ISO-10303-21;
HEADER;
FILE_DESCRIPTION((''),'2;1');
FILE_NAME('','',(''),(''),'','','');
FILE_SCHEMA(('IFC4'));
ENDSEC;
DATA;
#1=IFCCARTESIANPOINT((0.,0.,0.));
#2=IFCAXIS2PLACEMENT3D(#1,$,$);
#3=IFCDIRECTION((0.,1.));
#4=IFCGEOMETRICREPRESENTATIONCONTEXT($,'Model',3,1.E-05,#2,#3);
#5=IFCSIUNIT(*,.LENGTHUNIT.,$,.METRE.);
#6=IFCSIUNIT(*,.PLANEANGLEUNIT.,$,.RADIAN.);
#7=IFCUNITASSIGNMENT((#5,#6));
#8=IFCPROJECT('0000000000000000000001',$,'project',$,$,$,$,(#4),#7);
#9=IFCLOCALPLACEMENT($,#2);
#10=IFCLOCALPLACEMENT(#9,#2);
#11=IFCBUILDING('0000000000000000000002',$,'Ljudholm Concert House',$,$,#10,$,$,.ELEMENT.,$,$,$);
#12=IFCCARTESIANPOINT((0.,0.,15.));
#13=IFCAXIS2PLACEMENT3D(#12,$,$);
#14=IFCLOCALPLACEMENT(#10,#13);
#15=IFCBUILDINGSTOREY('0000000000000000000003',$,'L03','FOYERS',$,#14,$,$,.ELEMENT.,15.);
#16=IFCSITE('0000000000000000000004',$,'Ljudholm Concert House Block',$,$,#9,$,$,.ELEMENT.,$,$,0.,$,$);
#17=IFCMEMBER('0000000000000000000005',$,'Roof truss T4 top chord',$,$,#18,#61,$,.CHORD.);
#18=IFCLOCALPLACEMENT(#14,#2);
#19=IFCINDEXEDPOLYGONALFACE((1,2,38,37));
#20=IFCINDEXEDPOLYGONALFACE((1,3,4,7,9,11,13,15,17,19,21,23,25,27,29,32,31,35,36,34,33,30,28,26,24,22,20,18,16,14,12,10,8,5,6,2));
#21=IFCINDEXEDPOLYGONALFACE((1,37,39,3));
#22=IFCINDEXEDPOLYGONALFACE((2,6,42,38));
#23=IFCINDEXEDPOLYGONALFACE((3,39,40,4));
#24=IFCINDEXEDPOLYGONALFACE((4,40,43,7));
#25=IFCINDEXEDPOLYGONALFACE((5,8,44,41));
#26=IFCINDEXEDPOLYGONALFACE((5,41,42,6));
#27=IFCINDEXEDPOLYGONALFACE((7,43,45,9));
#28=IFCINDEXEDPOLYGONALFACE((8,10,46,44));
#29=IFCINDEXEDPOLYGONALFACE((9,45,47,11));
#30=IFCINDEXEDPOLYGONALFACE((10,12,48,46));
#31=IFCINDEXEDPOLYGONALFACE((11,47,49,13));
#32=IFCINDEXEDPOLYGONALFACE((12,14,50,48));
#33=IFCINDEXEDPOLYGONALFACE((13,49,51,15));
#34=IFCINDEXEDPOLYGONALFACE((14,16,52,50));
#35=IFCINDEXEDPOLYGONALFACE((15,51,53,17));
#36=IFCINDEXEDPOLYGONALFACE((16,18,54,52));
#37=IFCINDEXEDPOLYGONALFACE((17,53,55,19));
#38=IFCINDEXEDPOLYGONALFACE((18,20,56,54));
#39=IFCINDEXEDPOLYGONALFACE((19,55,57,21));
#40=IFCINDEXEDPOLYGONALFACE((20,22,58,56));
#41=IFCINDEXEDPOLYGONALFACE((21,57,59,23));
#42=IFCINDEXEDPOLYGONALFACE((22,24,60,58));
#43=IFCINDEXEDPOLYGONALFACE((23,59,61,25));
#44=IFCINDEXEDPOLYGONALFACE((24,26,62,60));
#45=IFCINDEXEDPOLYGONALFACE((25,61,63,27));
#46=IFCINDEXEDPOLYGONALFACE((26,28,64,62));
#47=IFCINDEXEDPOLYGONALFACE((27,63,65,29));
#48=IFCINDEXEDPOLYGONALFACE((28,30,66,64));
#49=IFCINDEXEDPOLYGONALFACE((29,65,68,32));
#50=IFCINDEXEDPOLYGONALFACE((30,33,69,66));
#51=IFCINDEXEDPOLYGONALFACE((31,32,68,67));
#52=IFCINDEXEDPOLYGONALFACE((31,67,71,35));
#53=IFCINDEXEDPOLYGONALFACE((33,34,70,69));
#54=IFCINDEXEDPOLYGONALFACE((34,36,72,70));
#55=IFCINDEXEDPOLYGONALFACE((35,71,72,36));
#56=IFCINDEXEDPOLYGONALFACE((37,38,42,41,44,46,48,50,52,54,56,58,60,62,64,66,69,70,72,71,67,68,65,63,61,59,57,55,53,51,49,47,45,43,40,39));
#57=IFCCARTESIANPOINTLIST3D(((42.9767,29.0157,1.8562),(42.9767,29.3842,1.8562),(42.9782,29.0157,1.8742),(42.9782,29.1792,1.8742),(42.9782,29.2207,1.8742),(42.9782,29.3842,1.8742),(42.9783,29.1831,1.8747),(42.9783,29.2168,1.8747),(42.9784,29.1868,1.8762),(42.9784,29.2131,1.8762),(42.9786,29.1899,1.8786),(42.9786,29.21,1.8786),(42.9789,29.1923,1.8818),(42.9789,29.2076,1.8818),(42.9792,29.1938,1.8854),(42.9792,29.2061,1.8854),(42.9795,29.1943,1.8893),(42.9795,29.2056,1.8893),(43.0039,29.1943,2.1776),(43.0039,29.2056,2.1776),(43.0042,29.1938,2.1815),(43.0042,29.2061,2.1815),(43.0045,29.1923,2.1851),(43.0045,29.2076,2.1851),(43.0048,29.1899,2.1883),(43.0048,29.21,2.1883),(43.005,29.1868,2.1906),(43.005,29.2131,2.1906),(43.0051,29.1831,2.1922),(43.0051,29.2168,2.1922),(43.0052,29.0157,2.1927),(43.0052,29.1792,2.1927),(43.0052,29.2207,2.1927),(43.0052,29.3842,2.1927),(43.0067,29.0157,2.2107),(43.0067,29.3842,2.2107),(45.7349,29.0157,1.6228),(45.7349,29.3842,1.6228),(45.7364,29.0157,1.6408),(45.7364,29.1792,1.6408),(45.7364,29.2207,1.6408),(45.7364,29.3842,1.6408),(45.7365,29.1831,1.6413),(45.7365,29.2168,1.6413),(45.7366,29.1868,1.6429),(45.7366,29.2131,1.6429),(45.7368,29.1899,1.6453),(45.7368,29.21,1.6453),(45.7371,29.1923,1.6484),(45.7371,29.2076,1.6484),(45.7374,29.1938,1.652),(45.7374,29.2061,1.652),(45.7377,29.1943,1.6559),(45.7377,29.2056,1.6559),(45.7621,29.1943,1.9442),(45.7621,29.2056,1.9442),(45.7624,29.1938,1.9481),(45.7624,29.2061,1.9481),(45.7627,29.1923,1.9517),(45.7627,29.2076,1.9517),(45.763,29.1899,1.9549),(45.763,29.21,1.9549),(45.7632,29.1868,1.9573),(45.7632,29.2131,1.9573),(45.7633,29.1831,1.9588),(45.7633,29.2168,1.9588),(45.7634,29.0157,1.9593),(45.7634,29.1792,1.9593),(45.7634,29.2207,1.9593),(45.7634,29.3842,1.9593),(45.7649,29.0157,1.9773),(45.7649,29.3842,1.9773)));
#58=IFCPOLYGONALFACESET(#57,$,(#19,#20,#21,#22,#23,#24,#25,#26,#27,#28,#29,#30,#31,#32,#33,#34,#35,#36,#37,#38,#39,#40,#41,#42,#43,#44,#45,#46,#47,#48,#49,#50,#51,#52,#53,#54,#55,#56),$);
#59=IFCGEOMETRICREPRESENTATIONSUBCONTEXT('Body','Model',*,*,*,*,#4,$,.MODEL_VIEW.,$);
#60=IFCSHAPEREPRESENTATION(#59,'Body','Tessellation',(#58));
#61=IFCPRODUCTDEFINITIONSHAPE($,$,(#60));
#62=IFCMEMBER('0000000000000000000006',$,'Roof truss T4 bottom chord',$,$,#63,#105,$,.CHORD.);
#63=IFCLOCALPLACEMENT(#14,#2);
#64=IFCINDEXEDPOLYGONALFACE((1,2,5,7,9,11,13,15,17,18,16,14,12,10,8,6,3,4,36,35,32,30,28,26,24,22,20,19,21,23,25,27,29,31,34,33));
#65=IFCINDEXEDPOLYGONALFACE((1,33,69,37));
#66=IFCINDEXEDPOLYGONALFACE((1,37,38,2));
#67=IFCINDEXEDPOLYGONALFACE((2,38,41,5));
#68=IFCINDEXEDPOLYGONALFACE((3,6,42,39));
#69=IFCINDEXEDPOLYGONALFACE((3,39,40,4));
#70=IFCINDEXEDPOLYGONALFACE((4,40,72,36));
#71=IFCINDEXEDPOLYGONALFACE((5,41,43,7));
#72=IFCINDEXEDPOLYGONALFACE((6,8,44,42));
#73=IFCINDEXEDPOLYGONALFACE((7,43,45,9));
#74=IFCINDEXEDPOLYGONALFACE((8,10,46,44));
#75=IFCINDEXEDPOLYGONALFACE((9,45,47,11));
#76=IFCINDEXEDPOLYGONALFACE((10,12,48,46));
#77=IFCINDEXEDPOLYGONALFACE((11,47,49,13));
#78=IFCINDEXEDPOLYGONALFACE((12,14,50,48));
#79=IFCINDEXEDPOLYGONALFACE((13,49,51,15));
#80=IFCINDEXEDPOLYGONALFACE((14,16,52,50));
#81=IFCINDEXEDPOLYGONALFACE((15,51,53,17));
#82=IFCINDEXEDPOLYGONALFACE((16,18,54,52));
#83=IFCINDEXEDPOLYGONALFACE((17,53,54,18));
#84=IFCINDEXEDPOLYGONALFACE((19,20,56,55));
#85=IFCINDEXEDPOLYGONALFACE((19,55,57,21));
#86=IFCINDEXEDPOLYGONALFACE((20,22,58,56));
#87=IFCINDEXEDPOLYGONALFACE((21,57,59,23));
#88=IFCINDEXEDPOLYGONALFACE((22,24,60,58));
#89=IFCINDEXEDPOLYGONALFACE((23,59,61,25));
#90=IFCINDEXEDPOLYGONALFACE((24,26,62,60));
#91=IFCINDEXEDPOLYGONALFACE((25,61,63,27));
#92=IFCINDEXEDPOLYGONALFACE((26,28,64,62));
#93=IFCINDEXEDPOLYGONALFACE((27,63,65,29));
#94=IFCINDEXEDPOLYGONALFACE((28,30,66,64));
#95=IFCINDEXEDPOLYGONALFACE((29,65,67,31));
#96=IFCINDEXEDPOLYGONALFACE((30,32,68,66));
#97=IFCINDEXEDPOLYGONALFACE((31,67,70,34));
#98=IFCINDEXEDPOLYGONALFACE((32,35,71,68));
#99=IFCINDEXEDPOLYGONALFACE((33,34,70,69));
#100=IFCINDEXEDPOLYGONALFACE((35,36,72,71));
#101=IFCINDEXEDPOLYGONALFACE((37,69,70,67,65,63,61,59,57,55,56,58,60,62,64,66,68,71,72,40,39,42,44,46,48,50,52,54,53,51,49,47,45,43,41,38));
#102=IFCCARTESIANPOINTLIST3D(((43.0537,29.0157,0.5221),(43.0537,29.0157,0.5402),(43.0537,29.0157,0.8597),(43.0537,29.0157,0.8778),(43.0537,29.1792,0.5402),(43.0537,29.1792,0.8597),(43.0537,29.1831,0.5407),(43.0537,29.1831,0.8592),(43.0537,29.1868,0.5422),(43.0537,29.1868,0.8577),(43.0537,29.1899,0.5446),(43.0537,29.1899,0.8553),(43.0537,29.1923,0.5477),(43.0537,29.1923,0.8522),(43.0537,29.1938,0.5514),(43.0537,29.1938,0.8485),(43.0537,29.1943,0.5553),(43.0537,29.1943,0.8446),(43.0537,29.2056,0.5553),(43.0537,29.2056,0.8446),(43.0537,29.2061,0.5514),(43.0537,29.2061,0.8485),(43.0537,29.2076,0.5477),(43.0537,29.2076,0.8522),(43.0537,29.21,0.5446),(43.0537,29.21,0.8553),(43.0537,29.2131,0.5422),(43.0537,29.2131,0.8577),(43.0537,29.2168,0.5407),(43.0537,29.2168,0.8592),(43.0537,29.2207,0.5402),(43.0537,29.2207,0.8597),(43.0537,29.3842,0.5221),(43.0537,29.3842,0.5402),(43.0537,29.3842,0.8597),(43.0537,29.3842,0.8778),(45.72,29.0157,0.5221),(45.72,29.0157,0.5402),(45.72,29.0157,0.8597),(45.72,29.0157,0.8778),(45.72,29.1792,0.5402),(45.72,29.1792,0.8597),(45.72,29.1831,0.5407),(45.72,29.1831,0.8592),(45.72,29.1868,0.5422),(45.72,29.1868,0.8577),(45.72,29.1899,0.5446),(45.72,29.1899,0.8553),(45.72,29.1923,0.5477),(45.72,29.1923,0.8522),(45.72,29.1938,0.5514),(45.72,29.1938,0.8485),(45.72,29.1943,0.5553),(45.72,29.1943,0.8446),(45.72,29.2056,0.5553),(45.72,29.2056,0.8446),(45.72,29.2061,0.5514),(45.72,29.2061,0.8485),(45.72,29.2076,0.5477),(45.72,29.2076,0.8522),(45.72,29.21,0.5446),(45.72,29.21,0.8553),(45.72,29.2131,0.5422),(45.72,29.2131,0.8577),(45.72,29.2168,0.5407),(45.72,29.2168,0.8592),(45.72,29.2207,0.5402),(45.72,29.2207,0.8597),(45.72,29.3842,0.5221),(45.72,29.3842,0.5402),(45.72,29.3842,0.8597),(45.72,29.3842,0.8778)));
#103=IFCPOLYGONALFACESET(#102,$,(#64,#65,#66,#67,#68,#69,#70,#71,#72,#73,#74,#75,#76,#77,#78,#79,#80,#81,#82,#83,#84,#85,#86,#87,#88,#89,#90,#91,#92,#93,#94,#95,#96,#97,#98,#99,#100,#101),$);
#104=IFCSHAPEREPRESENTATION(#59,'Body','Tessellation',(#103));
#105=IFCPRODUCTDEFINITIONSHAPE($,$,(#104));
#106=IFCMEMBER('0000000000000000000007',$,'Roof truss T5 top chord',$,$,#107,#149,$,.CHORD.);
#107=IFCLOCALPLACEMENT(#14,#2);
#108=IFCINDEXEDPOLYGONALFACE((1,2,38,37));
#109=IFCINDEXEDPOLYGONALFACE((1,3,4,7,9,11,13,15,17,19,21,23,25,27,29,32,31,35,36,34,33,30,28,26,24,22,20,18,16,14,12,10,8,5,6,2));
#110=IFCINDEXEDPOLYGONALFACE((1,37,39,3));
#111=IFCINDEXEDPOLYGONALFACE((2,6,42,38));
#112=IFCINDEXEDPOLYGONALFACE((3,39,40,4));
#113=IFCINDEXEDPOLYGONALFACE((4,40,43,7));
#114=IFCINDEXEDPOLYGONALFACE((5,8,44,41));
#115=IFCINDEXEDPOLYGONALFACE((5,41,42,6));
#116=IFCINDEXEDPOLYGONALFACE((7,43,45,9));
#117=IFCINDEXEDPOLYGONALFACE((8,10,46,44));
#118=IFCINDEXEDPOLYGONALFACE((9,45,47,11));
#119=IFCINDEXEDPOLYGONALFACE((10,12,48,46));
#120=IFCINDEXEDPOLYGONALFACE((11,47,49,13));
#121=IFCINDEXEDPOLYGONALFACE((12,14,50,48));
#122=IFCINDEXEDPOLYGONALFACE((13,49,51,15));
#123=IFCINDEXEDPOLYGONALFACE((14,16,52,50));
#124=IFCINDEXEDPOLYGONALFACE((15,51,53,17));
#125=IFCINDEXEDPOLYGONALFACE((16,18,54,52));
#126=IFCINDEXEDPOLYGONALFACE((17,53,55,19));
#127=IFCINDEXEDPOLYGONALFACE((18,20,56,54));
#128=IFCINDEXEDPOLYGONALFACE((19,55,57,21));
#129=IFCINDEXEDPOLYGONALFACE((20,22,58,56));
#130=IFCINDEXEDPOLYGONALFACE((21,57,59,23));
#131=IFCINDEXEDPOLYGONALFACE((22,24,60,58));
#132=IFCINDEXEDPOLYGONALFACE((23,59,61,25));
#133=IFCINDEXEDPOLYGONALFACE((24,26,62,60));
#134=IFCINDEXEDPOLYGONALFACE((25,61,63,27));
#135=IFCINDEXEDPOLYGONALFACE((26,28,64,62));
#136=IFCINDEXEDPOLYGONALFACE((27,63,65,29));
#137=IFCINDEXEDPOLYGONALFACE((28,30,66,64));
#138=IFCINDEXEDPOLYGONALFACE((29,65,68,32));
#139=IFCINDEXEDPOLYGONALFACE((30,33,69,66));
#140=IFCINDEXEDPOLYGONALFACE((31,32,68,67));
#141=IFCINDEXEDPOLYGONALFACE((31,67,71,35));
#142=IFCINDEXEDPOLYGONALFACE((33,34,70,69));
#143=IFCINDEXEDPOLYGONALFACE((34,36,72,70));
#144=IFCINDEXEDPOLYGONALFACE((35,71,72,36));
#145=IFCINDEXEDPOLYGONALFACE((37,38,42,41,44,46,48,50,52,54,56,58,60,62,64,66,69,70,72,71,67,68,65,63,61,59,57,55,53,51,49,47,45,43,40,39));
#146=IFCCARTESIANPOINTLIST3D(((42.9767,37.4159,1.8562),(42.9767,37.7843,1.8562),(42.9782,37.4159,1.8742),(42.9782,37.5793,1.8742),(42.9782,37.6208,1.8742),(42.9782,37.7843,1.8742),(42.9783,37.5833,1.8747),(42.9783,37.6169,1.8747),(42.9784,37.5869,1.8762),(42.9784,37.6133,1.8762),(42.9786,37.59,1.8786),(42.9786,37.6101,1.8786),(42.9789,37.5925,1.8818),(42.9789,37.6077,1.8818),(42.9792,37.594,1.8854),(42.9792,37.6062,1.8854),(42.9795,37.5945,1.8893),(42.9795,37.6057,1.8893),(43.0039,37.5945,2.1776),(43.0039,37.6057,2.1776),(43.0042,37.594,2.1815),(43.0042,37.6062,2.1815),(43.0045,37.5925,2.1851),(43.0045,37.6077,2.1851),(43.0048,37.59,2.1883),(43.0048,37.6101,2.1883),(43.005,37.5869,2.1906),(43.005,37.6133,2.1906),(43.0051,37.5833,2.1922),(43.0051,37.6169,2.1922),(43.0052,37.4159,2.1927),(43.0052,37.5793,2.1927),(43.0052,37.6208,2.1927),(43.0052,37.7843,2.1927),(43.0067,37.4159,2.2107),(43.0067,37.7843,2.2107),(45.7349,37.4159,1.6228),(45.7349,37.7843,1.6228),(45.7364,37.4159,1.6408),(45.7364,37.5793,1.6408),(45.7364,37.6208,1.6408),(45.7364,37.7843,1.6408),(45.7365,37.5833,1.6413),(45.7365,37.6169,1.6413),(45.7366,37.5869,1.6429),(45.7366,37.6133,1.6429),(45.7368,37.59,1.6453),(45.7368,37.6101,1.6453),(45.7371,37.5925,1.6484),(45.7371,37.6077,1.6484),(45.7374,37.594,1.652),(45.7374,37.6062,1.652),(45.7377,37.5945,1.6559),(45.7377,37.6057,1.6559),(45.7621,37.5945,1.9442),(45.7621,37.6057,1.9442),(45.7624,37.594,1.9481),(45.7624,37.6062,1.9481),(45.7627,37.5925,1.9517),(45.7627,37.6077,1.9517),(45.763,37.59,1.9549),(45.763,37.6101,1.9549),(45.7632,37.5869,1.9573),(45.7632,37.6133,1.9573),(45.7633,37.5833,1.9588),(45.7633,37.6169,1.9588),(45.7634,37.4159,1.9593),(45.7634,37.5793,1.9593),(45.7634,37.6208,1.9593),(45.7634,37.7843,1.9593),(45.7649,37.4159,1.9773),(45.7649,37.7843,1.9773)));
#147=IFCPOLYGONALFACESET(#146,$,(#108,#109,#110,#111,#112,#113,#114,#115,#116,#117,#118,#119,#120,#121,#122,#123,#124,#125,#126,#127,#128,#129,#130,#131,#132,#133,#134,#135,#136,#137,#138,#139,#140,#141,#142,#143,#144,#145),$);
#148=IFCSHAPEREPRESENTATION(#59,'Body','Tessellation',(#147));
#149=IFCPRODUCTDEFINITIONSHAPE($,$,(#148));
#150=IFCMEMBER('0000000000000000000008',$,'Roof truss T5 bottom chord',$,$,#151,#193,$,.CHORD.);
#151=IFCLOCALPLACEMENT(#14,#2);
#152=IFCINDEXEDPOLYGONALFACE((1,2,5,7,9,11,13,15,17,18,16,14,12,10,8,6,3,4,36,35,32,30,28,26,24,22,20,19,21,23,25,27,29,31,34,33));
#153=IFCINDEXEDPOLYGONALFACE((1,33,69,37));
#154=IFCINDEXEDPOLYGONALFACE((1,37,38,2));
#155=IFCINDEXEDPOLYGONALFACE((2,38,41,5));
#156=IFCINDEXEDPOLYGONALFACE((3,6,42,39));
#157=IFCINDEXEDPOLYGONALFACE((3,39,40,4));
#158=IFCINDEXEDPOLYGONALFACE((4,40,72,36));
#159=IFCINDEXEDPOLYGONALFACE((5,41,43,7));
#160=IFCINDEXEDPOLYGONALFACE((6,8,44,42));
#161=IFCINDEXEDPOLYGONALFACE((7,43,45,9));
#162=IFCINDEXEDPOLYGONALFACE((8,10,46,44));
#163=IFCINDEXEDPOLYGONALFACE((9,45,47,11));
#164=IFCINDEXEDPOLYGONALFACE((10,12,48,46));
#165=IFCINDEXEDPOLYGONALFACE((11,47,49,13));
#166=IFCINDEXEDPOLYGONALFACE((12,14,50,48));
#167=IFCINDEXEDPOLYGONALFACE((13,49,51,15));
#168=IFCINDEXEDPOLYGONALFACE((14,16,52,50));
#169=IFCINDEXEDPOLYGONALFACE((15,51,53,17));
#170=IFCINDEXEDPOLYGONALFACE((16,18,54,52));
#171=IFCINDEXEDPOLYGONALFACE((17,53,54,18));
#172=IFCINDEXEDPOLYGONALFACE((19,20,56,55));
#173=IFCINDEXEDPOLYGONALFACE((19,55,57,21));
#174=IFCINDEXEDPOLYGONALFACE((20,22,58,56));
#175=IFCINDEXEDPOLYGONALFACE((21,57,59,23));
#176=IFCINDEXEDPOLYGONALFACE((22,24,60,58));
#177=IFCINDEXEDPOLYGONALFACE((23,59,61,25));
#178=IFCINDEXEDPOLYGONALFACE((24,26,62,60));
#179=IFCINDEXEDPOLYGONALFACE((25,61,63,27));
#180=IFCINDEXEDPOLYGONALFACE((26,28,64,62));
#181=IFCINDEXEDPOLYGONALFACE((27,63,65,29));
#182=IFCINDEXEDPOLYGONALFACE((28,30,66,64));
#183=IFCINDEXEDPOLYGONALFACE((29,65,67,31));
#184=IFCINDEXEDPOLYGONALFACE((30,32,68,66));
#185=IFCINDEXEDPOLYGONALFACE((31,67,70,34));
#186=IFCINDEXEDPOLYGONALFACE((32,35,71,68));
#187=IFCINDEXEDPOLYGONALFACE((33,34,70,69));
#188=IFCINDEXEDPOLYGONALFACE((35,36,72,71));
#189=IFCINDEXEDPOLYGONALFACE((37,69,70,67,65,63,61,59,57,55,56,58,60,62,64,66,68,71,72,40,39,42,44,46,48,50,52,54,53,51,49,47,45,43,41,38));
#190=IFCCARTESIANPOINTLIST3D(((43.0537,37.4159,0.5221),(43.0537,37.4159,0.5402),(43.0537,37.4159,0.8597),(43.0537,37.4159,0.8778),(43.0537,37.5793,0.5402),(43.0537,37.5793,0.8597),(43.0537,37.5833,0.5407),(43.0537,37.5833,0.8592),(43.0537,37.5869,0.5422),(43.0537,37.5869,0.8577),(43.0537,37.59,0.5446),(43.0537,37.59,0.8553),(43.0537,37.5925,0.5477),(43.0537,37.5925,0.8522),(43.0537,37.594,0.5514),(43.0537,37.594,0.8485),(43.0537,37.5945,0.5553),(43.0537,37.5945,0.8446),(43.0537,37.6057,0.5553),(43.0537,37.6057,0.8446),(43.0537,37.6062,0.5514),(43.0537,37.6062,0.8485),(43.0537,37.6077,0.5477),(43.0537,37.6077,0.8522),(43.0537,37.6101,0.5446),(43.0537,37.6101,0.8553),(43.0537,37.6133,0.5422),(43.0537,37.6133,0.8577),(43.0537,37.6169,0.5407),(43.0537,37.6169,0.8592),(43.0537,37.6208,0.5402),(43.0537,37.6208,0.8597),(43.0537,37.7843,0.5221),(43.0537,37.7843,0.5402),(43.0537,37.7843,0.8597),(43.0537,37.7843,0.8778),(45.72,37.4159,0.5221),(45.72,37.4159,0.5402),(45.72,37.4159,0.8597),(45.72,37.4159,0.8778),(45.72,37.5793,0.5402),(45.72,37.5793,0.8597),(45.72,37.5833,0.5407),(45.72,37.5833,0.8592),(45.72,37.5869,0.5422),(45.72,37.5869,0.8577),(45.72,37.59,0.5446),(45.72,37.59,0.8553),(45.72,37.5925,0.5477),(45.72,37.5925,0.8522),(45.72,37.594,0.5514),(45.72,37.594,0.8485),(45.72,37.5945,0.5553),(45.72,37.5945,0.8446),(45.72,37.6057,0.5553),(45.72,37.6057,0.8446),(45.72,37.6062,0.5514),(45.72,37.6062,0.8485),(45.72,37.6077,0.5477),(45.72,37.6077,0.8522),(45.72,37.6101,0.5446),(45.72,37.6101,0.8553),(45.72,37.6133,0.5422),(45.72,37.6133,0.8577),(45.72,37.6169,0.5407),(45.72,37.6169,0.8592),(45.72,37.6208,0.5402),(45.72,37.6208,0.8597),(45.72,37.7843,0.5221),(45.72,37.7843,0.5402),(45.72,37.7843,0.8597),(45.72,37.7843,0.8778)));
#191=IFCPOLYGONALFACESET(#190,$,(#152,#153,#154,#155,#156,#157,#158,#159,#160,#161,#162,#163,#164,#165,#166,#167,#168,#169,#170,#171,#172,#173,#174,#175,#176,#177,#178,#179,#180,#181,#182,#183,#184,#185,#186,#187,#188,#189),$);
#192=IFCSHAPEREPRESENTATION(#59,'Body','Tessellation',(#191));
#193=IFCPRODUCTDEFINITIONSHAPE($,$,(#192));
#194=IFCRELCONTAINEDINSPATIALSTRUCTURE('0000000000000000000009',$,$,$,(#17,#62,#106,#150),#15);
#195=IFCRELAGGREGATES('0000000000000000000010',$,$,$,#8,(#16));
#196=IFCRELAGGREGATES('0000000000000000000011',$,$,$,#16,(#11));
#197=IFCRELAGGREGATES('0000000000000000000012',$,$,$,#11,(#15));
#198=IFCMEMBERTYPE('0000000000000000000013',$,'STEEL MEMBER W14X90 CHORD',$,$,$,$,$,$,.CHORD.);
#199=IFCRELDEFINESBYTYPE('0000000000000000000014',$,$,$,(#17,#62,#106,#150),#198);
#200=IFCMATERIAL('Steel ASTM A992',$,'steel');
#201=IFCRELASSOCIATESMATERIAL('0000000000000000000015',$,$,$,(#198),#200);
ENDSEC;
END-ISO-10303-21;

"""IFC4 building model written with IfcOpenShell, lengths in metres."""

from ifc_helpers import new_model, si_unit, direction, frame, origin, origin_2d, place, context, subcontext, project, spatial, i_section, extrude, material, material_profile, profile_set, type_object, element, save


model = new_model("IFC4")

# Units and contexts
model_context = context("Model", 3, precision=1e-05, world=origin(), true_north=direction((0.0, 1.0)))
body_context = subcontext(model_context, "Body", "Model", "MODEL_VIEW")
ifc_project = project(units=[si_unit("LENGTHUNIT", "METRE"), si_unit("PLANEANGLEUNIT", "RADIAN")], contexts=[model_context])

# Site, building, storey
site_placement = place(None, origin())
site = spatial("IfcSite", under=ifc_project, at=site_placement, Name="Ljudholm Concert House Block", CompositionType="ELEMENT", RefElevation=0.0)
building_placement = place(site_placement, origin())
building = spatial("IfcBuilding", under=site, at=building_placement, Name="Ljudholm Concert House", CompositionType="ELEMENT")
storey_placement = place(building_placement, frame((0.0, 0.0, 15.0)))
storey = spatial("IfcBuildingStorey", under=building, at=storey_placement, Name="L03", Description="FOYERS", CompositionType="ELEMENT", Elevation=15.0)

# Members
ifc_material_1 = material(Name="Steel ASTM A992", Category="steel")
ifc_material_profile_1 = material_profile(ifc_material_1, i_section(OverallWidth=0.3684, OverallDepth=0.3557, WebThickness=0.0112, FlangeThickness=0.0181, FilletRadius=0.0151, at=origin_2d()), Name="W14X90")
ifc_profile_set_1 = profile_set([ifc_material_profile_1], Name="Steel ASTM A992")
member_type_1 = type_object("IfcMemberType", Name="STEEL MEMBER W14X90 CHORD", PredefinedType="CHORD", material=ifc_profile_set_1)
member_1_placement = place(storey_placement, frame((42.9917, 29.2, 2.0334), z_axis=(0.996439, 0.0, -0.084315), x_axis=(0.0, 1.0, 0.0)))
element("IfcMember", 1, at=member_1_placement, inside=storey, type_object=member_type_1, Name="Roof truss T4 top chord", PredefinedType="CHORD", context=body_context, shape_type="SweptSolid", body=[
    extrude(i_section(OverallWidth=0.3684, OverallDepth=0.3557, WebThickness=0.0112, FlangeThickness=0.0181, FilletRadius=0.0151, at=origin_2d()), origin(), (0.0, 0.0, 1.0), 2.7681),
])
member_2_placement = place(storey_placement, frame((43.0537, 29.2, 0.7), z_axis=(1.0, 0.0, 0.0), x_axis=(0.0, 1.0, 0.0)))
element("IfcMember", 2, at=member_2_placement, inside=storey, type_object=member_type_1, Name="Roof truss T4 bottom chord", PredefinedType="CHORD", context=body_context, shape_type="SweptSolid", body=[
    extrude(i_section(OverallWidth=0.3684, OverallDepth=0.3557, WebThickness=0.0112, FlangeThickness=0.0181, FilletRadius=0.0151, at=origin_2d()), origin(), (0.0, 0.0, 1.0), 2.6663),
])
member_3_placement = place(storey_placement, frame((42.9917, 37.6001, 2.0334), z_axis=(0.996439, 0.0, -0.084315), x_axis=(0.0, 1.0, 0.0)))
element("IfcMember", 3, at=member_3_placement, inside=storey, type_object=member_type_1, Name="Roof truss T5 top chord", PredefinedType="CHORD", context=body_context, shape_type="SweptSolid", body=[
    extrude(i_section(OverallWidth=0.3684, OverallDepth=0.3557, WebThickness=0.0112, FlangeThickness=0.0181, FilletRadius=0.0151, at=origin_2d()), origin(), (0.0, 0.0, 1.0), 2.7681),
])
member_4_placement = place(storey_placement, frame((43.0537, 37.6001, 0.7), z_axis=(1.0, 0.0, 0.0), x_axis=(0.0, 1.0, 0.0)))
element("IfcMember", 4, at=member_4_placement, inside=storey, type_object=member_type_1, Name="Roof truss T5 bottom chord", PredefinedType="CHORD", context=body_context, shape_type="SweptSolid", body=[
    extrude(i_section(OverallWidth=0.3684, OverallDepth=0.3557, WebThickness=0.0112, FlangeThickness=0.0181, FilletRadius=0.0151, at=origin_2d()), origin(), (0.0, 0.0, 1.0), 2.6663),
])

save(model, "model.ifc")
